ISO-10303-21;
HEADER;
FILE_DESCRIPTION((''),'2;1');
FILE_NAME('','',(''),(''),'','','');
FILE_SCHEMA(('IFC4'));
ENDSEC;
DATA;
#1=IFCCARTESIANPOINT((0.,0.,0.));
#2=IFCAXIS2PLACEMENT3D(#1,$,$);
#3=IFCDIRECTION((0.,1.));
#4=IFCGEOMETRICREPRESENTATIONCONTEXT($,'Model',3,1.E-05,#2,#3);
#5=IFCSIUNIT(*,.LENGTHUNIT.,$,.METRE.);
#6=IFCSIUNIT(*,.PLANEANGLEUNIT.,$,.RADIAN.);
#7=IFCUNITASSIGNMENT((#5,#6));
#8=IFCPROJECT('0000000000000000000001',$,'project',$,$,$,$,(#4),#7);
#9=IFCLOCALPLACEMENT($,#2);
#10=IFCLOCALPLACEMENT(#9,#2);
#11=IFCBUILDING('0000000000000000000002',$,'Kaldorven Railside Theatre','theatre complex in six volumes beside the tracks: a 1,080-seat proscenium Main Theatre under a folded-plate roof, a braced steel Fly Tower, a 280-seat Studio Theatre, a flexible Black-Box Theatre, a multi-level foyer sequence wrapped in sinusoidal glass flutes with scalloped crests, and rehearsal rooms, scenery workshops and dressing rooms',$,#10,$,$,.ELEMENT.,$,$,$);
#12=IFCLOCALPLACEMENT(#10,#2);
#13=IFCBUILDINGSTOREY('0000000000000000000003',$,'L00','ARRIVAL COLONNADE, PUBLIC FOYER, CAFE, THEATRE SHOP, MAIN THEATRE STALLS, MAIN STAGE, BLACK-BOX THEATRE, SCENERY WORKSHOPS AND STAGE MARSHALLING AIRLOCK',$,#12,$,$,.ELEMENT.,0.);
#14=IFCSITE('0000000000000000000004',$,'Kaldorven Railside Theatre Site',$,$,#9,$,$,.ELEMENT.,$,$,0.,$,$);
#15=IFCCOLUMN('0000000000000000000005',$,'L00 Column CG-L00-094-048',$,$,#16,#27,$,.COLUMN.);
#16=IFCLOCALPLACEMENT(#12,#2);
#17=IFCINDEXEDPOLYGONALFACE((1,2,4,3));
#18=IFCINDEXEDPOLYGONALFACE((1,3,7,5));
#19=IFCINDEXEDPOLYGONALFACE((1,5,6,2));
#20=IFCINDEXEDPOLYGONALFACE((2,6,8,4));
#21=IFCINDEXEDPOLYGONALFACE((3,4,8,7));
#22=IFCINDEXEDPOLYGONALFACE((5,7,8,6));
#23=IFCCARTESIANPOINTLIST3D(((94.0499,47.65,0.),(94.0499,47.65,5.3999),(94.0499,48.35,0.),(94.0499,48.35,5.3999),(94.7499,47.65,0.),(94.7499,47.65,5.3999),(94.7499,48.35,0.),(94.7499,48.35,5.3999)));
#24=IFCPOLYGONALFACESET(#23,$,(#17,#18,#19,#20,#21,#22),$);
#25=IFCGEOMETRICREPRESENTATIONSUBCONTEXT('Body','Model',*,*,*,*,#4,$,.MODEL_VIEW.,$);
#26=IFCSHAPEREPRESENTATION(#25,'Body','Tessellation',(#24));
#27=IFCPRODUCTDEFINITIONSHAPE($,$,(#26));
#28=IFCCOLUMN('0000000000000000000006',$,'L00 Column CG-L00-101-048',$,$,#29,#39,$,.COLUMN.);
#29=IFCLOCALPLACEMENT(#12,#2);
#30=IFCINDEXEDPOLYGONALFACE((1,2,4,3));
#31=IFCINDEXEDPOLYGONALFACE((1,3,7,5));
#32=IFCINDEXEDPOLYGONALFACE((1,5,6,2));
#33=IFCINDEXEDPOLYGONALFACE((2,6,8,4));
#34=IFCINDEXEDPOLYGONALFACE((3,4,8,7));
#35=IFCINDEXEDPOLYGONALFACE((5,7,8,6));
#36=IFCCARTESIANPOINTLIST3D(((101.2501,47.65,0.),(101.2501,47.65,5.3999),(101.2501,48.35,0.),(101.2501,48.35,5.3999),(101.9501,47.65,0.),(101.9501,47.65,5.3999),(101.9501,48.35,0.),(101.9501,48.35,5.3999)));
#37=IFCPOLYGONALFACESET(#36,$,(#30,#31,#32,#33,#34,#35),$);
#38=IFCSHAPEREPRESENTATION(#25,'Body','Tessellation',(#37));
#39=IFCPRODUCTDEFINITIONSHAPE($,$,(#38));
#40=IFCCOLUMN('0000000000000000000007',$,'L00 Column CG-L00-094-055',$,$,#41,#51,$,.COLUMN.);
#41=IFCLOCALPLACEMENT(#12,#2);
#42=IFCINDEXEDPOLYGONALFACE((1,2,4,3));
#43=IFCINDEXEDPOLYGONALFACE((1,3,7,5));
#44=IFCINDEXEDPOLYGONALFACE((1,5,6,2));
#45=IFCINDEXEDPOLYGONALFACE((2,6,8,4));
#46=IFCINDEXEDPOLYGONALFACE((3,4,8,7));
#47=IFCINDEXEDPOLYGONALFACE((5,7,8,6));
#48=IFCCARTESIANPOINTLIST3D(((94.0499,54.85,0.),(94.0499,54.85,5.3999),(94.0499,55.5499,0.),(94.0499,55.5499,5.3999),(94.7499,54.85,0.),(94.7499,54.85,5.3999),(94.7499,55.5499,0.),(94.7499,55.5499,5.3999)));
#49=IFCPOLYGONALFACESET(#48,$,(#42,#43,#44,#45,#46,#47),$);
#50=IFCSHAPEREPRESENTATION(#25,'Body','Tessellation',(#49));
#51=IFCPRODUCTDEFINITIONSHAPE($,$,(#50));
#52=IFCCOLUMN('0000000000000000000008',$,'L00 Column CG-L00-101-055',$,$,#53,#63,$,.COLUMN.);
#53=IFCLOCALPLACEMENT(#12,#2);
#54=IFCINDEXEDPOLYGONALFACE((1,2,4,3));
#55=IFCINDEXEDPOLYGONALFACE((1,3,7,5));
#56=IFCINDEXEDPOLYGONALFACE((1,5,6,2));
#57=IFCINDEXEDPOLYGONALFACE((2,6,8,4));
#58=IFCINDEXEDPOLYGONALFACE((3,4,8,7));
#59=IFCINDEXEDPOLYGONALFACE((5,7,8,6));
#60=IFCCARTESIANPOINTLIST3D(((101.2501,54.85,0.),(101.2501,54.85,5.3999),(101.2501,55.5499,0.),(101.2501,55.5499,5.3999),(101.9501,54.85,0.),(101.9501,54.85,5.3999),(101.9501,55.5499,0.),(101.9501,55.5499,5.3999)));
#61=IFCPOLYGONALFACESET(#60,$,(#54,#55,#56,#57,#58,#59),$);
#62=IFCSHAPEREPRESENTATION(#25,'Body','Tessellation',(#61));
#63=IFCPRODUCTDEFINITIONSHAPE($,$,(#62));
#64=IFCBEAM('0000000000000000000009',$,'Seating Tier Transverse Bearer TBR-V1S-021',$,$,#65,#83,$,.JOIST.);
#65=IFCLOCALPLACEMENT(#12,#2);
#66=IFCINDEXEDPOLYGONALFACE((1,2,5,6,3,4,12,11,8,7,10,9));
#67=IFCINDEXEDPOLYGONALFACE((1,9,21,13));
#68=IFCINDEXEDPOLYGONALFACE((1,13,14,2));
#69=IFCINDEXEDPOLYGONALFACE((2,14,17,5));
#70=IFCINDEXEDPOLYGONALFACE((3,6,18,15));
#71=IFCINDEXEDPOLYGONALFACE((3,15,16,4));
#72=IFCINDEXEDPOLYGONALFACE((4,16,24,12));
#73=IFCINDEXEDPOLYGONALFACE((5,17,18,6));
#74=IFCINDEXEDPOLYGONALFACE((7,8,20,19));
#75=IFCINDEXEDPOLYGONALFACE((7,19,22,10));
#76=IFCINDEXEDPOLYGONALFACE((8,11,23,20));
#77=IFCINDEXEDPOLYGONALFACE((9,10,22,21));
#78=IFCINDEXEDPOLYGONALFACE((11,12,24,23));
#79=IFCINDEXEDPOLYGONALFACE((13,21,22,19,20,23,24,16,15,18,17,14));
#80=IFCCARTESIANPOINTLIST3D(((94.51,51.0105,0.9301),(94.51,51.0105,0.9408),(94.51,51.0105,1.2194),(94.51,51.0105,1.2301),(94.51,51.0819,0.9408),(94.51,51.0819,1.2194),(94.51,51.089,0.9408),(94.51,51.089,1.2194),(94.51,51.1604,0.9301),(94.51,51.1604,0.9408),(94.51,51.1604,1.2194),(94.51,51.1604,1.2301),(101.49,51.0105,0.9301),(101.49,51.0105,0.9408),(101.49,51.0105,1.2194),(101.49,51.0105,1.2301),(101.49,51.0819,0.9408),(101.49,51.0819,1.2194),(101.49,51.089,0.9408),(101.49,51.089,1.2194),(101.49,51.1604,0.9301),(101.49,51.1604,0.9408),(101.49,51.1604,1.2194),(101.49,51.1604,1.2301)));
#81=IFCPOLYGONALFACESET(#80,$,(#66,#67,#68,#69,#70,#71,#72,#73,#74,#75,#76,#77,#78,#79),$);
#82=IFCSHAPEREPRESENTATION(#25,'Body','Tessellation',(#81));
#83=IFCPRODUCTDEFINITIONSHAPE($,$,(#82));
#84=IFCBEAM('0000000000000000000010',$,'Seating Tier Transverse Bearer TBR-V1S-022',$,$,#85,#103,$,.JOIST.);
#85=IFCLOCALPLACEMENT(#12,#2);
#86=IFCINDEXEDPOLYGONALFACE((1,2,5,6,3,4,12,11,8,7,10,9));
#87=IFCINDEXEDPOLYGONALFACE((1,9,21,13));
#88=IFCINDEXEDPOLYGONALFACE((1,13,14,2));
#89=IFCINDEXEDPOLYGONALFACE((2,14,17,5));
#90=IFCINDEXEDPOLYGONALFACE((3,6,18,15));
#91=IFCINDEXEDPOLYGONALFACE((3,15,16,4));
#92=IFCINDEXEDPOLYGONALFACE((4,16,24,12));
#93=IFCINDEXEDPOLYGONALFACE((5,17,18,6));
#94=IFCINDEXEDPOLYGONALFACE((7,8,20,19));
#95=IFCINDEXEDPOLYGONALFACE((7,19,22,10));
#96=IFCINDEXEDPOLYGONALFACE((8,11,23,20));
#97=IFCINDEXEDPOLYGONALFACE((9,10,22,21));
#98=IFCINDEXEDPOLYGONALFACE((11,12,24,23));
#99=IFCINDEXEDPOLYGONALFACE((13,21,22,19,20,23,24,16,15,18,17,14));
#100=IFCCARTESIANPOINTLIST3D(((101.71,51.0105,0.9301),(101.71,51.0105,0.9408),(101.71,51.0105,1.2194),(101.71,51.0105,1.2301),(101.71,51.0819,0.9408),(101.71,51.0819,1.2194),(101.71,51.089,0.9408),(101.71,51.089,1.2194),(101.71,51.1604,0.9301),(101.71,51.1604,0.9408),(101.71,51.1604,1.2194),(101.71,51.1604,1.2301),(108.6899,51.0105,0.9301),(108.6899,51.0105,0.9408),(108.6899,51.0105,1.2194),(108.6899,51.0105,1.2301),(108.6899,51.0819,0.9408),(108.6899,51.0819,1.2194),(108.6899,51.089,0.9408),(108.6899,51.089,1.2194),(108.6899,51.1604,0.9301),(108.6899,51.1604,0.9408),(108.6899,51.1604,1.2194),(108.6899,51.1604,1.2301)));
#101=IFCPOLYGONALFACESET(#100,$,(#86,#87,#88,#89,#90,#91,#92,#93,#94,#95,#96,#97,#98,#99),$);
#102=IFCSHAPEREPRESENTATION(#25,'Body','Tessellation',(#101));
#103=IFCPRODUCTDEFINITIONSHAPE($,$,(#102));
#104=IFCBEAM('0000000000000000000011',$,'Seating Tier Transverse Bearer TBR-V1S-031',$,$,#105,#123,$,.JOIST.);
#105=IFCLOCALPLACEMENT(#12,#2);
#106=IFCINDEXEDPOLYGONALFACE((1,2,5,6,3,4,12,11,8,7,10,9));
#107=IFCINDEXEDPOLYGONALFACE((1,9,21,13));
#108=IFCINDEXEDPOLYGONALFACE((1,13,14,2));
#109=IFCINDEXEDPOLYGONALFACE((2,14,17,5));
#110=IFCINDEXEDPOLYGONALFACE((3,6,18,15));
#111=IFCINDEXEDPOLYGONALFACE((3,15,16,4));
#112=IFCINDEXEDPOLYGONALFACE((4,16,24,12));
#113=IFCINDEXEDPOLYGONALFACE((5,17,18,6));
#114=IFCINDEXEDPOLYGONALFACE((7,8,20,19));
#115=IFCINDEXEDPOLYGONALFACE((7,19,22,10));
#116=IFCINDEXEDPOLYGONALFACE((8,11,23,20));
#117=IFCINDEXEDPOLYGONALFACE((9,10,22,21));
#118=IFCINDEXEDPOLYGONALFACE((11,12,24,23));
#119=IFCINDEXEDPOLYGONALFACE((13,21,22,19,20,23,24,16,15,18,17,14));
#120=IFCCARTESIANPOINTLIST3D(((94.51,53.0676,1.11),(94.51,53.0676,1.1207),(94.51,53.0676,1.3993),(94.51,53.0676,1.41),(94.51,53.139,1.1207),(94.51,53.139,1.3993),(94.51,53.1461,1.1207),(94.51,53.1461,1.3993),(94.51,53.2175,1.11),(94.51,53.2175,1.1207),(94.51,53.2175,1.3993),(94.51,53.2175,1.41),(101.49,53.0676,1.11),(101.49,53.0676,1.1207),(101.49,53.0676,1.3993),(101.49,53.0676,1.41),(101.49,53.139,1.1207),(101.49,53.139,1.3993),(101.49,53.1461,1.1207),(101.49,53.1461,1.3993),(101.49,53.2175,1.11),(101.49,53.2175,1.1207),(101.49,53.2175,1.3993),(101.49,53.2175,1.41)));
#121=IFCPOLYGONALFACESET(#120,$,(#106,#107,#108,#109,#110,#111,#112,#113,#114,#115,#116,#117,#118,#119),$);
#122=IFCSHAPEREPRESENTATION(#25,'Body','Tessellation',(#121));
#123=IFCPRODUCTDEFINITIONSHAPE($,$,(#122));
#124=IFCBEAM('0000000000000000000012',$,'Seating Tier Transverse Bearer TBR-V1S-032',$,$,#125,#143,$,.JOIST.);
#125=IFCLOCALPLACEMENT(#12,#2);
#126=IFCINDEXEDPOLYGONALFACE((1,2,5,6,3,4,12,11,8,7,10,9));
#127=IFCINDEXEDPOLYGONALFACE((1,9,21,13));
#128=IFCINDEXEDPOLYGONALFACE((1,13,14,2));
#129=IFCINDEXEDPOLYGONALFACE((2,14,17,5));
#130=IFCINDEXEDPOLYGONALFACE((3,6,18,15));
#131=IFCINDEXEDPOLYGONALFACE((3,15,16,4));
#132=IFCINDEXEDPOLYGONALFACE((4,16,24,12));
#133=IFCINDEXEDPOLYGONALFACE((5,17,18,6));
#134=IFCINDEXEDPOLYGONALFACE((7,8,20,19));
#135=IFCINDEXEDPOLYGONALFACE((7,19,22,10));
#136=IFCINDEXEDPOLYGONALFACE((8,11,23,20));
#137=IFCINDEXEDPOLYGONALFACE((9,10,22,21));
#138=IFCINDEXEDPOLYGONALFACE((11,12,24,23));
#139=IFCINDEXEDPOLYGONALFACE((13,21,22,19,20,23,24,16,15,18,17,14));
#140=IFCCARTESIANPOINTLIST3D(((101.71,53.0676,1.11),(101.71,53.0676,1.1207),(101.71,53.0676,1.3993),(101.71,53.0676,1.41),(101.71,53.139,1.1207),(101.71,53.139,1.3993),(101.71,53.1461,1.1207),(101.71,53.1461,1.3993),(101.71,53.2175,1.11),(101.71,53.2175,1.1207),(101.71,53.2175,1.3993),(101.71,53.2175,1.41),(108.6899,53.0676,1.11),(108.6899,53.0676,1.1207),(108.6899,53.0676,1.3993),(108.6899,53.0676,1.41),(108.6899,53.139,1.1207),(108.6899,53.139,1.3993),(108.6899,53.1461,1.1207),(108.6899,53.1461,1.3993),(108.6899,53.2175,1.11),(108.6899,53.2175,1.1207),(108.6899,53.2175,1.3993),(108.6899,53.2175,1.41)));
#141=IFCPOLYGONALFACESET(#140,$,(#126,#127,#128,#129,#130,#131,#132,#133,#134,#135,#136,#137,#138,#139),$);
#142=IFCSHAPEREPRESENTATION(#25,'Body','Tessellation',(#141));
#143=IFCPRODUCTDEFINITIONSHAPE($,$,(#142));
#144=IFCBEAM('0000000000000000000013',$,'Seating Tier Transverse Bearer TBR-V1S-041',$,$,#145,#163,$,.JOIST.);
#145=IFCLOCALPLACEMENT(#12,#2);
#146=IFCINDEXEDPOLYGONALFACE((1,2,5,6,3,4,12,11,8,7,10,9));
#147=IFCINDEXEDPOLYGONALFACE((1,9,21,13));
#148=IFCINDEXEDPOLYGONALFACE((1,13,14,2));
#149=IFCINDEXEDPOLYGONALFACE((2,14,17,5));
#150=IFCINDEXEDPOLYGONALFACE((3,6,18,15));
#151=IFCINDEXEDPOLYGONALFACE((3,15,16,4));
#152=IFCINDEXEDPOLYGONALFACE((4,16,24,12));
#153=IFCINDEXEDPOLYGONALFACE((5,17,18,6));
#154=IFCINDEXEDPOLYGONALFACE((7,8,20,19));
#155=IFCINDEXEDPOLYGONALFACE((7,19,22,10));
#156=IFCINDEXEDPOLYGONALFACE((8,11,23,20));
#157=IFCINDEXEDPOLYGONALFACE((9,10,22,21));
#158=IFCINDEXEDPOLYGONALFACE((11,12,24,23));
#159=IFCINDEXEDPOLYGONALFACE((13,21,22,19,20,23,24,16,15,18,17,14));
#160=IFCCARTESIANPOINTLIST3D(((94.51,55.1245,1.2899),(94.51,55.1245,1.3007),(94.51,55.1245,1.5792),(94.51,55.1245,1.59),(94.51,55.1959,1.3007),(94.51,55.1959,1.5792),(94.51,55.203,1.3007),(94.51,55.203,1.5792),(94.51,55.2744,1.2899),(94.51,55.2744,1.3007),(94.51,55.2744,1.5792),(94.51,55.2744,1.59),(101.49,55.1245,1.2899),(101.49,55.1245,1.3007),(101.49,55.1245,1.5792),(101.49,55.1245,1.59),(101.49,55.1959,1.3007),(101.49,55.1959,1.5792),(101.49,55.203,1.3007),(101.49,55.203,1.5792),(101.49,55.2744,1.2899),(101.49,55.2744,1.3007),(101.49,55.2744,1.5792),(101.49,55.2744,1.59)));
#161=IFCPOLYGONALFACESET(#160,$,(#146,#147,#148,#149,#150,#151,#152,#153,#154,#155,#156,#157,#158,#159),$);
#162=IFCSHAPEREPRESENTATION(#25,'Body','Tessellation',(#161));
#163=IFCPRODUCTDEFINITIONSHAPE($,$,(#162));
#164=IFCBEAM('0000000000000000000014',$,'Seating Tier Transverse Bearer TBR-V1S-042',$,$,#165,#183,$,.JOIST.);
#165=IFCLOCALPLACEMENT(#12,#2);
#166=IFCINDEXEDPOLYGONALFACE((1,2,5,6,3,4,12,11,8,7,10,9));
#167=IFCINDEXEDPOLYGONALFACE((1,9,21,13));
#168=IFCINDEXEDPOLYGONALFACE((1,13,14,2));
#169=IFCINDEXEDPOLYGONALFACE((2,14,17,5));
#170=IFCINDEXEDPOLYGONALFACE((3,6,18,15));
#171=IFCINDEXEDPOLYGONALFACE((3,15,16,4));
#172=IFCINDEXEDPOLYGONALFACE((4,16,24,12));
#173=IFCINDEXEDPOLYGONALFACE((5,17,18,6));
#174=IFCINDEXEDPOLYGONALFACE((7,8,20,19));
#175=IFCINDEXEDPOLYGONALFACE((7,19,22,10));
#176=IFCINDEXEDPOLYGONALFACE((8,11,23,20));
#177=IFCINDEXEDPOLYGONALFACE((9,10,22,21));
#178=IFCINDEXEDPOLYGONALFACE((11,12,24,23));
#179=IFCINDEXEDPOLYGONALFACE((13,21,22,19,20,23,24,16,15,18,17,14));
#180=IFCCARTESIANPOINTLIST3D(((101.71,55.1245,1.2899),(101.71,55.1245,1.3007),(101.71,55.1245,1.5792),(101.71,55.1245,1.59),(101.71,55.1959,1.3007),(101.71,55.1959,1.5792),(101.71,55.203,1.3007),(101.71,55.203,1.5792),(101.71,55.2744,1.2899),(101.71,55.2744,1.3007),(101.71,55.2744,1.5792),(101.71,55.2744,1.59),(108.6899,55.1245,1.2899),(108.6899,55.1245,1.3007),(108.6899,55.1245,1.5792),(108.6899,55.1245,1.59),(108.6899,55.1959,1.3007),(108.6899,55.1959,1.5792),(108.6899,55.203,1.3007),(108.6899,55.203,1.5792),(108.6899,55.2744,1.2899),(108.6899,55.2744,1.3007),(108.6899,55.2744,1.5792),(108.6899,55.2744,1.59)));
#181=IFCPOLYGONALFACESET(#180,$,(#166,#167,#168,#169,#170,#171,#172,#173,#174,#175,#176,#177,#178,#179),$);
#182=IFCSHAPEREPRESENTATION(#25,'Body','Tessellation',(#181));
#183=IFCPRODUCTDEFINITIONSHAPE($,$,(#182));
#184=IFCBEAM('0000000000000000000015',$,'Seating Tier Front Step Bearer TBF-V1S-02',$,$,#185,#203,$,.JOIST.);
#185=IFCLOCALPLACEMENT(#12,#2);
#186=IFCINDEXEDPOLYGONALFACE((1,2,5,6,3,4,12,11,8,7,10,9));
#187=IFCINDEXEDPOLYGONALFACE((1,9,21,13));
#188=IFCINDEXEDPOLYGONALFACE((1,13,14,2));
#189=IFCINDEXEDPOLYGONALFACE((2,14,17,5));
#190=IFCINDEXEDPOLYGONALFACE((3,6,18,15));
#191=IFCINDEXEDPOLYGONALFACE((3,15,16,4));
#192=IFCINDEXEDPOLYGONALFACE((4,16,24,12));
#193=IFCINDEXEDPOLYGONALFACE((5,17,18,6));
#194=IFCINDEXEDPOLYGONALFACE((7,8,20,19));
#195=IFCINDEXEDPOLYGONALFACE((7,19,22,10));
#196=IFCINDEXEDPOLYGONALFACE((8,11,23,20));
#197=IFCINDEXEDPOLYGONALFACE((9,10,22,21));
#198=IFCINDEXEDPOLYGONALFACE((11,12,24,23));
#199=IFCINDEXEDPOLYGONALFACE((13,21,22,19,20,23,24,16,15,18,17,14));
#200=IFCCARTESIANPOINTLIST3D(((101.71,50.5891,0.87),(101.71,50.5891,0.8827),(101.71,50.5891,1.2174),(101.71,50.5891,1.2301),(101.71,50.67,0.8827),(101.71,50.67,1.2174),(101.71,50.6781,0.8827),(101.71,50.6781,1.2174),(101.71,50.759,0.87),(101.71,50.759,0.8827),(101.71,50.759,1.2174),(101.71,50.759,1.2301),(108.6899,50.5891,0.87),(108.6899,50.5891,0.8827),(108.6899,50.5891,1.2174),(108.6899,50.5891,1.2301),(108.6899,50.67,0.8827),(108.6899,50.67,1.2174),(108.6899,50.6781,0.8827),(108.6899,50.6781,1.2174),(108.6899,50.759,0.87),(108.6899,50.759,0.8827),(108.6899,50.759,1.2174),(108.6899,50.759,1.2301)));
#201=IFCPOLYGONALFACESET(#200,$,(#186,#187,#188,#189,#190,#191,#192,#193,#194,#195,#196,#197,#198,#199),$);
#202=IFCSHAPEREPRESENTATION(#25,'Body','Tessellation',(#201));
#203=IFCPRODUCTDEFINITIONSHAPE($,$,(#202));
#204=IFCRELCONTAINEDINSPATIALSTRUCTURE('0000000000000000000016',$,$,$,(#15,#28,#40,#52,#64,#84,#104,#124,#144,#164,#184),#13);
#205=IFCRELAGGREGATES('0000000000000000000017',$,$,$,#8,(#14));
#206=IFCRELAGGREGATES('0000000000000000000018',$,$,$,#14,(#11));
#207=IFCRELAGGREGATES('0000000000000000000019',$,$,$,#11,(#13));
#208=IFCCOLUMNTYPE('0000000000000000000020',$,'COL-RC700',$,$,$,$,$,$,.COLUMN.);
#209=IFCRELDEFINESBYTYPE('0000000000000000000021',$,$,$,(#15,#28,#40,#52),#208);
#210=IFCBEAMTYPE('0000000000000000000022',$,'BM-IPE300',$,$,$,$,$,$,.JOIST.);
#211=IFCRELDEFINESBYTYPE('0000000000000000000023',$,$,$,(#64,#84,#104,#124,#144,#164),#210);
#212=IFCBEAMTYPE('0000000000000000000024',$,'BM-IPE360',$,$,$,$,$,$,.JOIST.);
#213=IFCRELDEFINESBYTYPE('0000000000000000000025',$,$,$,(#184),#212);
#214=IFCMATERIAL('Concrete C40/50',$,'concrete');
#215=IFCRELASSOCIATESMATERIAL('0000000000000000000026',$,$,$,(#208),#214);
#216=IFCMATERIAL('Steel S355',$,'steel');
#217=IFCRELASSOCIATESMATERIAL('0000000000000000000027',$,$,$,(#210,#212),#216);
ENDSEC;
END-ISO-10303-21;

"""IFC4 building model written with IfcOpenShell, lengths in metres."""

from ifc_helpers import new_model, si_unit, direction, frame, origin, origin_2d, place, context, subcontext, project, spatial, rectangle, i_section, extrude, material, material_profile, profile_set, type_object, element, save


model = new_model("IFC4")

# Units and contexts
model_context = context("Model", 3, precision=1e-05, world=origin(), true_north=direction((0.0, 1.0)))
body_context = subcontext(model_context, "Body", "Model", "MODEL_VIEW")
ifc_project = project(units=[si_unit("LENGTHUNIT", "METRE"), si_unit("PLANEANGLEUNIT", "RADIAN")], contexts=[model_context])

# Site, building, storey
site_placement = place(None, origin())
site = spatial("IfcSite", under=ifc_project, at=site_placement, Name="Kaldorven Railside Theatre Site", CompositionType="ELEMENT", RefElevation=0.0)
building_placement = place(site_placement, origin())
building = spatial("IfcBuilding", under=site, at=building_placement, Name="Kaldorven Railside Theatre", Description="theatre complex in six volumes beside the tracks: a 1,080-seat proscenium Main Theatre under a folded-plate roof, a braced steel Fly Tower, a 280-seat Studio Theatre, a flexible Black-Box Theatre, a multi-level foyer sequence wrapped in sinusoidal glass flutes with scalloped crests, and rehearsal rooms, scenery workshops and dressing rooms", CompositionType="ELEMENT")
storey_placement = place(building_placement, origin())
storey = spatial("IfcBuildingStorey", under=building, at=storey_placement, Name="L00", Description="ARRIVAL COLONNADE, PUBLIC FOYER, CAFE, THEATRE SHOP, MAIN THEATRE STALLS, MAIN STAGE, BLACK-BOX THEATRE, SCENERY WORKSHOPS AND STAGE MARSHALLING AIRLOCK", CompositionType="ELEMENT", Elevation=0.0)

# Columns
ifc_material_1 = material(Name="Concrete C40/50", Category="concrete")
ifc_material_profile_1 = material_profile(ifc_material_1, rectangle(XDim=0.7, YDim=0.7, at=origin_2d()), Name="RC 700x700")
ifc_profile_set_1 = profile_set([ifc_material_profile_1], Name="Concrete C40/50")
column_type = type_object("IfcColumnType", Name="COL-RC700", PredefinedType="COLUMN", material=ifc_profile_set_1)
for number, where, z_axis, x_axis, name in (
    (1, (94.3999, 48.0, 0.0), (0.0, 0.0, 1.0), (1.0, 0.0, 0.0), "L00 Column CG-L00-094-048"),
    (2, (101.6001, 48.0, 0.0), (0.0, 0.0, 1.0), (0.0, 1.0, 0.0), "L00 Column CG-L00-101-048"),
    (3, (94.3999, 55.2, 0.0), (0.0, 0.0, 1.0), (0.0, 1.0, 0.0), "L00 Column CG-L00-094-055"),
    (4, (101.6001, 55.2, 0.0), (0.0, 0.0, 1.0), (1.0, 0.0, 0.0), "L00 Column CG-L00-101-055"),
):
    element("IfcColumn", number, at=place(storey_placement, frame(where, z_axis=z_axis, x_axis=x_axis)), inside=storey, type_object=column_type, Name=name, PredefinedType="COLUMN", context=body_context, shape_type="SweptSolid", body=[
        extrude(rectangle(XDim=0.7, YDim=0.7, at=origin_2d()), origin(), (0.0, 0.0, 1.0), 5.3999),
    ])

# Beams
ifc_material_2 = material(Name="Steel S355", Category="steel")
ifc_material_profile_2 = material_profile(ifc_material_2, i_section(OverallWidth=0.1499, OverallDepth=0.3, WebThickness=0.0071, FlangeThickness=0.0107, at=origin_2d()), Name="IPE 300")
ifc_profile_set_2 = profile_set([ifc_material_profile_2], Name="Steel S355")
beam_type_1 = type_object("IfcBeamType", Name="BM-IPE300", PredefinedType="JOIST", material=ifc_profile_set_2)
for number, where, z_axis, x_axis, name in (
    (5, (94.51, 51.0854, 1.0801), (1.0, 0.0, 0.0), (0.0, 1.0, 0.0), "Seating Tier Transverse Bearer TBR-V1S-021"),
    (6, (101.71, 51.0854, 1.0801), (1.0, 0.0, 0.0), (0.0, 1.0, 0.0), "Seating Tier Transverse Bearer TBR-V1S-022"),
    (7, (94.51, 53.1426, 1.26), (1.0, 0.0, 0.0), (0.0, 1.0, 0.0), "Seating Tier Transverse Bearer TBR-V1S-031"),
    (8, (101.71, 53.1426, 1.26), (1.0, 0.0, 0.0), (0.0, 1.0, 0.0), "Seating Tier Transverse Bearer TBR-V1S-032"),
    (9, (94.51, 55.1995, 1.4399), (1.0, 0.0, 0.0), (0.0, 1.0, 0.0), "Seating Tier Transverse Bearer TBR-V1S-041"),
    (10, (101.71, 55.1995, 1.4399), (1.0, 0.0, 0.0), (0.0, 1.0, 0.0), "Seating Tier Transverse Bearer TBR-V1S-042"),
):
    element("IfcBeam", number, at=place(storey_placement, frame(where, z_axis=z_axis, x_axis=x_axis)), inside=storey, type_object=beam_type_1, Name=name, PredefinedType="JOIST", context=body_context, shape_type="SweptSolid", body=[
        extrude(i_section(OverallWidth=0.1499, OverallDepth=0.3, WebThickness=0.0071, FlangeThickness=0.0107, at=origin_2d()), origin(), (0.0, 0.0, 1.0), 6.98),
    ])
ifc_material_profile_3 = material_profile(ifc_material_2, i_section(OverallWidth=0.1699, OverallDepth=0.3601, WebThickness=0.0081, FlangeThickness=0.0127, at=origin_2d()), Name="IPE 360")
ifc_profile_set_3 = profile_set([ifc_material_profile_3], Name="Steel S355")
beam_type_2 = type_object("IfcBeamType", Name="BM-IPE360", PredefinedType="JOIST", material=ifc_profile_set_3)
for number, where, z_axis, x_axis, name in (
    (11, (101.71, 50.6741, 1.05), (1.0, 0.0, 0.0), (0.0, 1.0, 0.0), "Seating Tier Front Step Bearer TBF-V1S-02"),
):
    element("IfcBeam", number, at=place(storey_placement, frame(where, z_axis=z_axis, x_axis=x_axis)), inside=storey, type_object=beam_type_2, Name=name, PredefinedType="JOIST", context=body_context, shape_type="SweptSolid", body=[
        extrude(i_section(OverallWidth=0.1699, OverallDepth=0.3601, WebThickness=0.0081, FlangeThickness=0.0127, at=origin_2d()), origin(), (0.0, 0.0, 1.0), 6.98),
    ])

save(model, "model.ifc")
